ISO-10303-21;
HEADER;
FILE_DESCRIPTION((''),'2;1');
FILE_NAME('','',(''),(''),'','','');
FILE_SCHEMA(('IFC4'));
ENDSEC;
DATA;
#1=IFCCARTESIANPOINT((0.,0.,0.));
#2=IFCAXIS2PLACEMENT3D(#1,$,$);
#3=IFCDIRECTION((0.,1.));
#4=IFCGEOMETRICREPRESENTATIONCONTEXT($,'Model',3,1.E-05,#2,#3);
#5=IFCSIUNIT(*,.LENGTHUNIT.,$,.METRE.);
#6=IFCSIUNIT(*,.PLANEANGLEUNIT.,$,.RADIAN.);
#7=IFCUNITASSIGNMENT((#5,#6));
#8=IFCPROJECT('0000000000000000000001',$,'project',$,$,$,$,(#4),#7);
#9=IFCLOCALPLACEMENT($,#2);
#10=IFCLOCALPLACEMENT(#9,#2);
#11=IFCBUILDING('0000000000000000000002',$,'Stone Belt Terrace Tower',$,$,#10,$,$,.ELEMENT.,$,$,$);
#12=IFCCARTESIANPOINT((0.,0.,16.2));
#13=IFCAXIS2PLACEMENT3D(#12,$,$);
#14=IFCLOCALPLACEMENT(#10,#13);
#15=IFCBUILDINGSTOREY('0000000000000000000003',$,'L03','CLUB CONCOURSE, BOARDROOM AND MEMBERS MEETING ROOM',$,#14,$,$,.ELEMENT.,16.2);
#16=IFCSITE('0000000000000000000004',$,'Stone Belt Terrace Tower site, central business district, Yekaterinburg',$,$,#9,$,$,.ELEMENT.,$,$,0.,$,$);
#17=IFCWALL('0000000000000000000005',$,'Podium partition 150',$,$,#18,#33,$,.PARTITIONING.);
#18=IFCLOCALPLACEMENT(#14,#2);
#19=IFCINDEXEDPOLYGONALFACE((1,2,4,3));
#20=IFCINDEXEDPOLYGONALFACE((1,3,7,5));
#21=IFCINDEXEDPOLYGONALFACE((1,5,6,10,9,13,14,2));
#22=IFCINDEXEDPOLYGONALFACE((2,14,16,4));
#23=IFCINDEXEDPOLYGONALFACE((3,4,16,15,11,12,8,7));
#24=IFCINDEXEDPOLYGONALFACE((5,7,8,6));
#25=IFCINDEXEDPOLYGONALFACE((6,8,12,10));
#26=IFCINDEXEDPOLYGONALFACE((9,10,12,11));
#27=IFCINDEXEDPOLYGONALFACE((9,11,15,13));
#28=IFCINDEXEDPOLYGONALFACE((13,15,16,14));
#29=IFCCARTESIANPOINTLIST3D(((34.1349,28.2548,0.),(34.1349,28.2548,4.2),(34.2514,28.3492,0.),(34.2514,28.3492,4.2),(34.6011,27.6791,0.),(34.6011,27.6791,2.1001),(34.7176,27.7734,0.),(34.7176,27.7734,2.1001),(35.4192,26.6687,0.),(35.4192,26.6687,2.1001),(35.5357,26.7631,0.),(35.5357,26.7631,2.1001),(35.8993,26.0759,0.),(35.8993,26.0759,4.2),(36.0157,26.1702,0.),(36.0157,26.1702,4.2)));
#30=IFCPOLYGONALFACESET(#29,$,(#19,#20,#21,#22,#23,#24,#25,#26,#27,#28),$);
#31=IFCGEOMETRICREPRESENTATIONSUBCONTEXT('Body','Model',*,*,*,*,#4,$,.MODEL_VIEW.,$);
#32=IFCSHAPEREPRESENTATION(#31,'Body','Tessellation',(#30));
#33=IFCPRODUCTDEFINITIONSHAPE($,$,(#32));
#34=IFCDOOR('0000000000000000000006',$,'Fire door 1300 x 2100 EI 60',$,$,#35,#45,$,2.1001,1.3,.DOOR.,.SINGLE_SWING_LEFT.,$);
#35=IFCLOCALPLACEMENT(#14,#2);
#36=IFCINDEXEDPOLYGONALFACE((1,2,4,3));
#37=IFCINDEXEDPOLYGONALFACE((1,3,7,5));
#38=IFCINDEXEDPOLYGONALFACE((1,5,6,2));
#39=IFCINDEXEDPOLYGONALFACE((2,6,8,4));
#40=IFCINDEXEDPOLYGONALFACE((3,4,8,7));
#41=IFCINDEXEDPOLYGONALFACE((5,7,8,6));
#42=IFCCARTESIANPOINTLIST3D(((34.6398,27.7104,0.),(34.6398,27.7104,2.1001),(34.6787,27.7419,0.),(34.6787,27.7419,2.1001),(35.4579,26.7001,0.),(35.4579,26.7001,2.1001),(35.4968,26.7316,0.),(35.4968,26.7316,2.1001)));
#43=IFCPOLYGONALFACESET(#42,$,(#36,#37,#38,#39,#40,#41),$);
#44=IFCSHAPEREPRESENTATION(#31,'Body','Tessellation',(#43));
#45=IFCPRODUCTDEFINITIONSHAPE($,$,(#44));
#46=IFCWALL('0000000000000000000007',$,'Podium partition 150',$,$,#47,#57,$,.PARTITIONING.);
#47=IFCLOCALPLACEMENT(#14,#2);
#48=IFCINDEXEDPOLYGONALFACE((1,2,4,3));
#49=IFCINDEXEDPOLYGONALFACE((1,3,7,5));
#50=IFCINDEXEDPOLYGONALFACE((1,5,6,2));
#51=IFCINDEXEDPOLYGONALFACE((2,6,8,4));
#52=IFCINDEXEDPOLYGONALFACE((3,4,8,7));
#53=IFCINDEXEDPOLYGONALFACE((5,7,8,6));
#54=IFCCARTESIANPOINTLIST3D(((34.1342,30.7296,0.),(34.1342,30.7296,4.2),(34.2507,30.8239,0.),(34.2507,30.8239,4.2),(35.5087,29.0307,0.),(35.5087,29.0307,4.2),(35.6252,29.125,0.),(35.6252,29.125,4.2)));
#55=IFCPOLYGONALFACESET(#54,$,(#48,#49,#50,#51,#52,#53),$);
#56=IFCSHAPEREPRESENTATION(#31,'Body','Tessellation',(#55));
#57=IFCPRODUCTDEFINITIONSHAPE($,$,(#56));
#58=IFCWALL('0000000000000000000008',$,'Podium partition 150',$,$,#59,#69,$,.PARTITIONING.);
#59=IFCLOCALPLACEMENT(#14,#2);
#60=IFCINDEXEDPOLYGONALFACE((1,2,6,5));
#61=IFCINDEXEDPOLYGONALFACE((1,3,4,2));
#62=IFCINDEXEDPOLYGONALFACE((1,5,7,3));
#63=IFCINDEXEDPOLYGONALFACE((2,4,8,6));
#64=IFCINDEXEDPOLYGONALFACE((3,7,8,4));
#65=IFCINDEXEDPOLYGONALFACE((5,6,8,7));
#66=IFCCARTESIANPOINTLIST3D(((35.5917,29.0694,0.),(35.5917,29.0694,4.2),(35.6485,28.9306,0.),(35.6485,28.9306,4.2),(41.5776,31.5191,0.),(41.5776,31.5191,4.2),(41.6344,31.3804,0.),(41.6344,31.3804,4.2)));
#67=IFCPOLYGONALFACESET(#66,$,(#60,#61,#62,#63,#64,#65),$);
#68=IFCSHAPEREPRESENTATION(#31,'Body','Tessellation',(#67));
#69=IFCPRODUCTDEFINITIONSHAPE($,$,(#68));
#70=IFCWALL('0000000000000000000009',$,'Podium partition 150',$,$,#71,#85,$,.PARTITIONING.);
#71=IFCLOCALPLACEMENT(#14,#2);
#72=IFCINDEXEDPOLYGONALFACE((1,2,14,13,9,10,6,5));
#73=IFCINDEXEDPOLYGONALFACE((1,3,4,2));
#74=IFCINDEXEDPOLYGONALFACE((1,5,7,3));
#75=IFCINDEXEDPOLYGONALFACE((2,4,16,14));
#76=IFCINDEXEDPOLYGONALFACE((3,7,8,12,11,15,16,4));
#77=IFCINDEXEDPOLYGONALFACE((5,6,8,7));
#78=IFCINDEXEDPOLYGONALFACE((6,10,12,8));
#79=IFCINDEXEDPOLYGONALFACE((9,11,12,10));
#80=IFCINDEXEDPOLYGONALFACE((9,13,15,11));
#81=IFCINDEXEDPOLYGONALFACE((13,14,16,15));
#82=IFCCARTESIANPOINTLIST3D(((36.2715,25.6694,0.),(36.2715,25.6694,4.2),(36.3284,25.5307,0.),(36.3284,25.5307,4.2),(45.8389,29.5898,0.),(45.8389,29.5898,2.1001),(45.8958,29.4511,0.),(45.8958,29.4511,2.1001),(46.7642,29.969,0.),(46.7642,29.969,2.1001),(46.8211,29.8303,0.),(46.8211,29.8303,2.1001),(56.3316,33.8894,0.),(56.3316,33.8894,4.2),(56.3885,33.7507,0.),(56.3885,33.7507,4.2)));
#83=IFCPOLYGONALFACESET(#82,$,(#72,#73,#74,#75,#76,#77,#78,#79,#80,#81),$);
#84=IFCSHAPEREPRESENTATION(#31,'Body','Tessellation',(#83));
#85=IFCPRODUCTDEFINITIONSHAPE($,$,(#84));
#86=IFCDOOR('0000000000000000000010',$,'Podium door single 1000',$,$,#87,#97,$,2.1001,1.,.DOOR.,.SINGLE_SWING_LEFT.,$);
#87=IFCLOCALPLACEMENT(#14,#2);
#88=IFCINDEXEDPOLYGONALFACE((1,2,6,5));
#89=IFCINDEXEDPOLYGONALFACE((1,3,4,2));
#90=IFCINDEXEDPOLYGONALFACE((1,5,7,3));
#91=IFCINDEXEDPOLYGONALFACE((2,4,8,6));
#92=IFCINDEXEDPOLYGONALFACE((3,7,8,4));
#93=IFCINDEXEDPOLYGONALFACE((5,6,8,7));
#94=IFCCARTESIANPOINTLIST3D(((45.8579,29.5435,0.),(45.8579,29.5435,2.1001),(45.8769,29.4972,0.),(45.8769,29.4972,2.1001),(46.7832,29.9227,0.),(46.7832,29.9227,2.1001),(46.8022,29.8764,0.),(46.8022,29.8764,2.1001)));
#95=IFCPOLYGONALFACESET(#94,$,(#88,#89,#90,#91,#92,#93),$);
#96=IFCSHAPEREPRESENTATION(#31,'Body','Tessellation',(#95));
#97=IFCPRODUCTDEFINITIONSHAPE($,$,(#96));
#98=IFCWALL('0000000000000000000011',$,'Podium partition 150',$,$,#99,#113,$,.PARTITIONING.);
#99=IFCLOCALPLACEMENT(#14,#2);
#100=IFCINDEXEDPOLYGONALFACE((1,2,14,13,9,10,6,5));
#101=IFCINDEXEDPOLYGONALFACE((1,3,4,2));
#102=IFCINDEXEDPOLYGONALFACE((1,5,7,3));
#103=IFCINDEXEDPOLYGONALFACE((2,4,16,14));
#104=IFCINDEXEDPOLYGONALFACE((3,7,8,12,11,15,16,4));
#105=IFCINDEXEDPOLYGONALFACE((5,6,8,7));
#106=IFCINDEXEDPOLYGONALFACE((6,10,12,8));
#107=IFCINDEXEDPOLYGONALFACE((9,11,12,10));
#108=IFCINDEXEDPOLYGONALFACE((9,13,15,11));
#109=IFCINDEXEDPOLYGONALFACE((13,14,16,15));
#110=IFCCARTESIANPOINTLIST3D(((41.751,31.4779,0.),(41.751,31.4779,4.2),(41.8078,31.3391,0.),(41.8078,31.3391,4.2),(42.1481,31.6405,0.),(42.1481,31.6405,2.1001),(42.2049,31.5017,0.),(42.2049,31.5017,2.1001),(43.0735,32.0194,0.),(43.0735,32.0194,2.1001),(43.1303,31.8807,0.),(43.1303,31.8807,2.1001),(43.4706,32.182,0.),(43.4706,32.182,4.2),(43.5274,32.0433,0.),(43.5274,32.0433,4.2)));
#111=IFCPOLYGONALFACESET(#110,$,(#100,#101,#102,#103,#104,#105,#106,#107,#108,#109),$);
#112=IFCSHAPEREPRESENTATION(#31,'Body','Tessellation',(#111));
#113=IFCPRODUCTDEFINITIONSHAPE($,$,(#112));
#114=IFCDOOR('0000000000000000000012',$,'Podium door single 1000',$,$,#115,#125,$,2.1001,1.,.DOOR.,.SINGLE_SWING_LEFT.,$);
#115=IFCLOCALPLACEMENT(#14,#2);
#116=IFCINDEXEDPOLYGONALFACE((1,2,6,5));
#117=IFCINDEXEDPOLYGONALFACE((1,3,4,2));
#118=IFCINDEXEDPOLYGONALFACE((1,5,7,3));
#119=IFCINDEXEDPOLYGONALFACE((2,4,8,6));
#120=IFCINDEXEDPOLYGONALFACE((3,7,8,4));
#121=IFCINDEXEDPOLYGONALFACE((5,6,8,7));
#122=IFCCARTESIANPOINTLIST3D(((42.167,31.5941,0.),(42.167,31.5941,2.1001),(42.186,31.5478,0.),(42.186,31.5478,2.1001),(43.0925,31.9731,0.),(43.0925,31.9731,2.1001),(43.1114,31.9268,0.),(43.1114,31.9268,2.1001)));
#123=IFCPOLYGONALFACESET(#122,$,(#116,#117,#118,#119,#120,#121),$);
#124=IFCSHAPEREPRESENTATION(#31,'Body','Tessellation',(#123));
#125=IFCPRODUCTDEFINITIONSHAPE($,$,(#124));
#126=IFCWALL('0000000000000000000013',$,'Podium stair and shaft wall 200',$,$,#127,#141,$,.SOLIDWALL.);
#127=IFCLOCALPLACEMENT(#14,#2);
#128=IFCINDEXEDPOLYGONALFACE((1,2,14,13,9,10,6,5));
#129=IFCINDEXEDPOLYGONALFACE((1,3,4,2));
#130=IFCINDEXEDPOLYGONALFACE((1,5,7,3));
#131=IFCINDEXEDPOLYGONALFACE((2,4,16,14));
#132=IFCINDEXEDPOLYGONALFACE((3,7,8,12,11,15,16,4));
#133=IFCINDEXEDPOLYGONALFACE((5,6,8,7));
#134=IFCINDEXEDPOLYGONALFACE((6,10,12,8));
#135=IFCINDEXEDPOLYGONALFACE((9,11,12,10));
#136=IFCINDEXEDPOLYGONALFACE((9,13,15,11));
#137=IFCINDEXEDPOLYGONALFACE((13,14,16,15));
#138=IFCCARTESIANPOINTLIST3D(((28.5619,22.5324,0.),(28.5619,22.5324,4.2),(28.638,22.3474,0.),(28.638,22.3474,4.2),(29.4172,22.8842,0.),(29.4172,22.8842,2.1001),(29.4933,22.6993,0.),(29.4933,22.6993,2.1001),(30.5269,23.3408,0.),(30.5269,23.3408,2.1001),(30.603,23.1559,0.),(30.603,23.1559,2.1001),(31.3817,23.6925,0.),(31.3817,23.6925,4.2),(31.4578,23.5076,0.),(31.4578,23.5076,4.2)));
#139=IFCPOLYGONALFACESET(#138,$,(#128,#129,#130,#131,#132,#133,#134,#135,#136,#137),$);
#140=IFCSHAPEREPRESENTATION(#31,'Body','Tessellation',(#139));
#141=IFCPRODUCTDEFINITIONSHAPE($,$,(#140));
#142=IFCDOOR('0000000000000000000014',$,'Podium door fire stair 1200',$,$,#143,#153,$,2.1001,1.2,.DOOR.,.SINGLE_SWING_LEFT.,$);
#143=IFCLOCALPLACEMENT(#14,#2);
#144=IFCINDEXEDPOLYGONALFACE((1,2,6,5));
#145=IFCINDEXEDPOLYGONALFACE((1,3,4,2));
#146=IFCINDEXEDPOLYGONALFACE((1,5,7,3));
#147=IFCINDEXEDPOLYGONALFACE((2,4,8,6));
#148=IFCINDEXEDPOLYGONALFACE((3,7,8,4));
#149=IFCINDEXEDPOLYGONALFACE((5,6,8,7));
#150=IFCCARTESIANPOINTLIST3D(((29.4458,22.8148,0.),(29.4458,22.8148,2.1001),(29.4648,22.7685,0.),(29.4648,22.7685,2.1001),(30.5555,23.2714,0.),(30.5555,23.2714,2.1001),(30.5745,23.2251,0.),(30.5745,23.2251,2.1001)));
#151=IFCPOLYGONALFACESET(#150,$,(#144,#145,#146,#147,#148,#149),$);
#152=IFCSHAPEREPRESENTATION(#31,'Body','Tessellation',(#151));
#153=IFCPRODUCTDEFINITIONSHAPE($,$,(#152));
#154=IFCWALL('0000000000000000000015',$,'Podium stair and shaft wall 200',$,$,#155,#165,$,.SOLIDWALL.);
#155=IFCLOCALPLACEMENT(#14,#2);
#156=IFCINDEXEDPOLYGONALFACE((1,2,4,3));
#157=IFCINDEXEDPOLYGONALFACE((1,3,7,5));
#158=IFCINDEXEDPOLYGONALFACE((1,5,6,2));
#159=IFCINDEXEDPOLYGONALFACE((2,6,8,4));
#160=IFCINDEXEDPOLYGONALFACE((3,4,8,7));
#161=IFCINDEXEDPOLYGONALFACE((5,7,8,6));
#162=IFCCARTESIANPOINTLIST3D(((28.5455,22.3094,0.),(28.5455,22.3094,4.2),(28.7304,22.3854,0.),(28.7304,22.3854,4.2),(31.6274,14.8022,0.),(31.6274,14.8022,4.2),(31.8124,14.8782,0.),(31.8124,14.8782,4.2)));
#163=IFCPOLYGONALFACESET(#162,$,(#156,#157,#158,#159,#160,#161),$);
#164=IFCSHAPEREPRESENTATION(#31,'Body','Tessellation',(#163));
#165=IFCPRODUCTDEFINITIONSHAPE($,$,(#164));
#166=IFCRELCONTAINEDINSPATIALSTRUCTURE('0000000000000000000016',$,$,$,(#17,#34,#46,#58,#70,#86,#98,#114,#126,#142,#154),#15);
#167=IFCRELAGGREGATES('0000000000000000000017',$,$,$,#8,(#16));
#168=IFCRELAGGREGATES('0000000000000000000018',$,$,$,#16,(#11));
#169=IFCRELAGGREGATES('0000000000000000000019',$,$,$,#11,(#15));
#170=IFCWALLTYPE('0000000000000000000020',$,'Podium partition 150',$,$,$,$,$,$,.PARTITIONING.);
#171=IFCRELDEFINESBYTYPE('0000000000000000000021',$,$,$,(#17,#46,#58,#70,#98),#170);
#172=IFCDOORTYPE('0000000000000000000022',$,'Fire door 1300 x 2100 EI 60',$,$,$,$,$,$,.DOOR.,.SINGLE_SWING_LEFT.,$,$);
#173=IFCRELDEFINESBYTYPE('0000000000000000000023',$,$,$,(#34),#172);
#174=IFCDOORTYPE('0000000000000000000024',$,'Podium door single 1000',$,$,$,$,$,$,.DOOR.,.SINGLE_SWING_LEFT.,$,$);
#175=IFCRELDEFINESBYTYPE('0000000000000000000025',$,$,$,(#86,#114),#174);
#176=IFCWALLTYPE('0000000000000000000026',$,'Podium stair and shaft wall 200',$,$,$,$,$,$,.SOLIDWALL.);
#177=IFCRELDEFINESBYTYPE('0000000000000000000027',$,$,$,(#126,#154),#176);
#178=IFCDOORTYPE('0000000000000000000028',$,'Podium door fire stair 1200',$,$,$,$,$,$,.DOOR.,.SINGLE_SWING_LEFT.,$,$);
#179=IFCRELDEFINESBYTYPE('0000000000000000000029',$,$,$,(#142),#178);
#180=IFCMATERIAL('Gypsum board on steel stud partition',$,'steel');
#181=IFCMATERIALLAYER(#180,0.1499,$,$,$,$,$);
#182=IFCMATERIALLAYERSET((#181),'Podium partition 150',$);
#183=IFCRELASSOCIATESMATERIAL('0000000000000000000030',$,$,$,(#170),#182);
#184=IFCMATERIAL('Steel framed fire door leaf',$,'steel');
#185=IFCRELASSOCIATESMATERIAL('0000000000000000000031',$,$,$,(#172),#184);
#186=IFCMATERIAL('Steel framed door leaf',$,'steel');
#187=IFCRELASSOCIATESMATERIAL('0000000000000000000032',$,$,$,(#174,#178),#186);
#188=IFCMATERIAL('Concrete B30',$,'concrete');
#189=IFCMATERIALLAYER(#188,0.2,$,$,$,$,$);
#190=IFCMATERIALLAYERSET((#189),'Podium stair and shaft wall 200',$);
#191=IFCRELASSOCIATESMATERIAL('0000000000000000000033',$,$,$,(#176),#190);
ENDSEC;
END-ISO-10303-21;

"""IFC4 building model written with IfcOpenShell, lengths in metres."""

from ifc_helpers import new_model, si_unit, direction, frame, frame_2d, origin, place, context, subcontext, project, spatial, rectangle, extrude, material, layer, layer_set, type_object, element, fill, save


model = new_model("IFC4")

# Units and contexts
model_context = context("Model", 3, precision=1e-05, world=origin(), true_north=direction((0.0, 1.0)))
body_context = subcontext(model_context, "Body", "Model", "MODEL_VIEW")
ifc_project = project(units=[si_unit("LENGTHUNIT", "METRE"), si_unit("PLANEANGLEUNIT", "RADIAN")], contexts=[model_context])

# Site, building, storey
site_placement = place(None, origin())
site = spatial("IfcSite", under=ifc_project, at=site_placement, Name="Stone Belt Terrace Tower site, central business district, Yekaterinburg", CompositionType="ELEMENT", RefElevation=0.0)
building_placement = place(site_placement, origin())
building = spatial("IfcBuilding", under=site, at=building_placement, Name="Stone Belt Terrace Tower", CompositionType="ELEMENT")
storey_placement = place(building_placement, frame((0.0, 0.0, 16.2)))
storey = spatial("IfcBuildingStorey", under=building, at=storey_placement, Name="L03", Description="CLUB CONCOURSE, BOARDROOM AND MEMBERS MEETING ROOM", CompositionType="ELEMENT", Elevation=16.2)

# Shared definitions
ifc_material_1 = material(Name="Gypsum board on steel stud partition", Category="steel")
ifc_layer_1 = layer(ifc_material_1, 0.1499)
ifc_layer_set_1 = layer_set([ifc_layer_1], Name="Podium partition 150")
wall_type_1 = type_object("IfcWallType", Name="Podium partition 150", PredefinedType="PARTITIONING", material=ifc_layer_set_1)

# Wall, opening, door
wall_1_placement = place(storey_placement, frame((34.1931, 28.302, 0.0), z_axis=(0.0, 0.0, 1.0), x_axis=(0.629303, -0.77716, 0.0)))
wall_1 = element("IfcWall", 1, at=wall_1_placement, inside=storey, type_object=wall_type_1, Name="Podium partition 150", PredefinedType="PARTITIONING", context=body_context, shape_type="SweptSolid", body=[
    extrude(rectangle(XDim=2.8037, YDim=0.1499, at=frame_2d((1.4019, 0.0))), origin(), (0.0, 0.0, 1.0), 4.2),
])
opening_1_placement = place(wall_1_placement, frame((0.741, 0.0, 0.0)))
opening_1 = element("IfcOpeningElement", 2, at=opening_1_placement, cuts=wall_1, PredefinedType="OPENING", context=body_context, shape_type="SweptSolid", body=[
    extrude(rectangle(XDim=1.3, YDim=2.1001, at=frame_2d((0.6499, 1.05))), frame((0.0, 0.085, 0.0), z_axis=(0.0, -1.0, 0.0), x_axis=(1.0, 0.0, 0.0)), (0.0, 0.0, 1.0), 0.1699),
])
ifc_material_2 = material(Name="Steel framed fire door leaf", Category="steel")
door_type_1 = type_object("IfcDoorType", Name="Fire door 1300 x 2100 EI 60", OperationType="SINGLE_SWING_LEFT", PredefinedType="DOOR", material=ifc_material_2)
door_1_placement = place(opening_1_placement, origin())
door_1 = element("IfcDoor", 3, at=door_1_placement, inside=storey, type_object=door_type_1, Name="Fire door 1300 x 2100 EI 60", OperationType="SINGLE_SWING_LEFT", OverallHeight=2.1001, OverallWidth=1.3, PredefinedType="DOOR", context=body_context, shape_type="SweptSolid", body=[
    extrude(rectangle(XDim=1.3, YDim=2.1001, at=frame_2d((0.6499, 1.05))), frame((0.0, 0.0249, 0.0), z_axis=(0.0, -1.0, 0.0), x_axis=(1.0, 0.0, 0.0)), (0.0, 0.0, 1.0), 0.05),
])
fill(opening_1, door_1)

# Walls
wall_2_placement = place(storey_placement, frame((34.1924, 30.7769, 0.0), z_axis=(0.0, 0.0, 1.0), x_axis=(0.628964, -0.777435, 0.0)))
element("IfcWall", 4, at=wall_2_placement, inside=storey, type_object=wall_type_1, Name="Podium partition 150", PredefinedType="PARTITIONING", context=body_context, shape_type="SweptSolid", body=[
    extrude(rectangle(XDim=2.1853, YDim=0.1499, at=frame_2d((1.0928, 0.0))), origin(), (0.0, 0.0, 1.0), 4.2),
])
wall_3_placement = place(storey_placement, frame((35.6201, 29.0, 0.0), z_axis=(0.0, 0.0, 1.0), x_axis=(0.925495, 0.378759, 0.0)))
element("IfcWall", 5, at=wall_3_placement, inside=storey, type_object=wall_type_1, Name="Podium partition 150", PredefinedType="PARTITIONING", context=body_context, shape_type="SweptSolid", body=[
    extrude(rectangle(XDim=6.4678, YDim=0.1499, at=frame_2d((3.2339, 0.0))), origin(), (0.0, 0.0, 1.0), 4.2),
])

# Walls, openings, doors
wall_4_placement = place(storey_placement, frame((36.3, 25.6001, 0.0), z_axis=(0.0, 0.0, 1.0), x_axis=(0.925327, 0.37917, 0.0)))
wall_4 = element("IfcWall", 6, at=wall_4_placement, inside=storey, type_object=wall_type_1, Name="Podium partition 150", PredefinedType="PARTITIONING", context=body_context, shape_type="SweptSolid", body=[
    extrude(rectangle(XDim=21.679, YDim=0.1499, at=frame_2d((10.8394, 0.0))), origin(), (0.0, 0.0, 1.0), 4.2),
])
opening_2_placement = place(wall_4_placement, frame((10.3394, 0.0, 0.0)))
opening_2 = element("IfcOpeningElement", 7, at=opening_2_placement, cuts=wall_4, PredefinedType="OPENING", context=body_context, shape_type="SweptSolid", body=[
    extrude(rectangle(XDim=1.0, YDim=2.1001, at=frame_2d((0.5, 1.05))), frame((0.0, 0.085, 0.0), z_axis=(0.0, -1.0, 0.0), x_axis=(1.0, 0.0, 0.0)), (0.0, 0.0, 1.0), 0.1699),
])
ifc_material_3 = material(Name="Steel framed door leaf", Category="steel")
door_type_2 = type_object("IfcDoorType", Name="Podium door single 1000", OperationType="SINGLE_SWING_LEFT", PredefinedType="DOOR", material=ifc_material_3)
door_2_placement = place(opening_2_placement, origin())
door_2 = element("IfcDoor", 8, at=door_2_placement, inside=storey, type_object=door_type_2, Name="Podium door single 1000", OperationType="SINGLE_SWING_LEFT", OverallHeight=2.1001, OverallWidth=1.0, PredefinedType="DOOR", context=body_context, shape_type="SweptSolid", body=[
    extrude(rectangle(XDim=1.0, YDim=2.1001, at=frame_2d((0.5, 1.05))), frame((0.0, 0.0249, 0.0), z_axis=(0.0, -1.0, 0.0), x_axis=(1.0, 0.0, 0.0)), (0.0, 0.0, 1.0), 0.05),
])
fill(opening_2, door_2)
wall_5_placement = place(storey_placement, frame((41.7793, 31.4084, 0.0), z_axis=(0.0, 0.0, 1.0), x_axis=(0.925419, 0.378945, 0.0)))
wall_5 = element("IfcWall", 9, at=wall_5_placement, inside=storey, type_object=wall_type_1, Name="Podium partition 150", PredefinedType="PARTITIONING", context=body_context, shape_type="SweptSolid", body=[
    extrude(rectangle(XDim=1.8582, YDim=0.1499, at=frame_2d((0.9292, 0.0))), origin(), (0.0, 0.0, 1.0), 4.2),
])
opening_3_placement = place(wall_5_placement, frame((0.4292, 0.0, 0.0)))
opening_3 = element("IfcOpeningElement", 10, at=opening_3_placement, cuts=wall_5, PredefinedType="OPENING", context=body_context, shape_type="SweptSolid", body=[
    extrude(rectangle(XDim=1.0, YDim=2.1001, at=frame_2d((0.5, 1.05))), frame((0.0, 0.085, 0.0), z_axis=(0.0, -1.0, 0.0), x_axis=(1.0, 0.0, 0.0)), (0.0, 0.0, 1.0), 0.1699),
])
door_3_placement = place(opening_3_placement, origin())
door_3 = element("IfcDoor", 11, at=door_3_placement, inside=storey, type_object=door_type_2, Name="Podium door single 1000", OperationType="SINGLE_SWING_LEFT", OverallHeight=2.1001, OverallWidth=1.0, PredefinedType="DOOR", context=body_context, shape_type="SweptSolid", body=[
    extrude(rectangle(XDim=1.0, YDim=2.1001, at=frame_2d((0.5, 1.05))), frame((0.0, 0.0249, 0.0), z_axis=(0.0, -1.0, 0.0), x_axis=(1.0, 0.0, 0.0)), (0.0, 0.0, 1.0), 0.05),
])
fill(opening_3, door_3)
ifc_material_4 = material(Name="Concrete B30", Category="concrete")
ifc_layer_2 = layer(ifc_material_4, 0.2)
ifc_layer_set_2 = layer_set([ifc_layer_2], Name="Podium stair and shaft wall 200")
wall_type_2 = type_object("IfcWallType", Name="Podium stair and shaft wall 200", PredefinedType="SOLIDWALL", material=ifc_layer_set_2)
wall_6_placement = place(storey_placement, frame((28.6001, 22.4399, 0.0), z_axis=(0.0, 0.0, 1.0), x_axis=(0.924788, 0.380484, 0.0)))
wall_6 = element("IfcWall", 12, at=wall_6_placement, inside=storey, type_object=wall_type_2, Name="Podium stair and shaft wall 200", PredefinedType="SOLIDWALL", context=body_context, shape_type="SweptSolid", body=[
    extrude(rectangle(XDim=3.0491, YDim=0.2, at=frame_2d((1.5244, 0.0))), origin(), (0.0, 0.0, 1.0), 4.2),
])
opening_4_placement = place(wall_6_placement, frame((0.9246, 0.0, 0.0)))
opening_4 = element("IfcOpeningElement", 13, at=opening_4_placement, cuts=wall_6, PredefinedType="OPENING", context=body_context, shape_type="SweptSolid", body=[
    extrude(rectangle(XDim=1.2, YDim=2.1001, at=frame_2d((0.6001, 1.05))), frame((0.0, 0.1099, 0.0), z_axis=(0.0, -1.0, 0.0), x_axis=(1.0, 0.0, 0.0)), (0.0, 0.0, 1.0), 0.22),
])
door_type_3 = type_object("IfcDoorType", Name="Podium door fire stair 1200", OperationType="SINGLE_SWING_LEFT", PredefinedType="DOOR", material=ifc_material_3)
door_4_placement = place(opening_4_placement, origin())
door_4 = element("IfcDoor", 14, at=door_4_placement, inside=storey, type_object=door_type_3, Name="Podium door fire stair 1200", OperationType="SINGLE_SWING_LEFT", OverallHeight=2.1001, OverallWidth=1.2, PredefinedType="DOOR", context=body_context, shape_type="SweptSolid", body=[
    extrude(rectangle(XDim=1.2, YDim=2.1001, at=frame_2d((0.6001, 1.05))), frame((0.0, 0.0249, 0.0), z_axis=(0.0, -1.0, 0.0), x_axis=(1.0, 0.0, 0.0)), (0.0, 0.0, 1.0), 0.05),
])
fill(opening_4, door_4)

# Wall
wall_7_placement = place(storey_placement, frame((28.6379, 22.3474, 0.0), z_axis=(0.0, 0.0, 1.0), x_axis=(0.379778, -0.925078, 0.0)))
element("IfcWall", 15, at=wall_7_placement, inside=storey, type_object=wall_type_2, Name="Podium stair and shaft wall 200", PredefinedType="SOLIDWALL", context=body_context, shape_type="SweptSolid", body=[
    extrude(rectangle(XDim=8.1152, YDim=0.2, at=frame_2d((4.0576, 0.0))), origin(), (0.0, 0.0, 1.0), 4.2),
])

save(model, "model.ifc")
